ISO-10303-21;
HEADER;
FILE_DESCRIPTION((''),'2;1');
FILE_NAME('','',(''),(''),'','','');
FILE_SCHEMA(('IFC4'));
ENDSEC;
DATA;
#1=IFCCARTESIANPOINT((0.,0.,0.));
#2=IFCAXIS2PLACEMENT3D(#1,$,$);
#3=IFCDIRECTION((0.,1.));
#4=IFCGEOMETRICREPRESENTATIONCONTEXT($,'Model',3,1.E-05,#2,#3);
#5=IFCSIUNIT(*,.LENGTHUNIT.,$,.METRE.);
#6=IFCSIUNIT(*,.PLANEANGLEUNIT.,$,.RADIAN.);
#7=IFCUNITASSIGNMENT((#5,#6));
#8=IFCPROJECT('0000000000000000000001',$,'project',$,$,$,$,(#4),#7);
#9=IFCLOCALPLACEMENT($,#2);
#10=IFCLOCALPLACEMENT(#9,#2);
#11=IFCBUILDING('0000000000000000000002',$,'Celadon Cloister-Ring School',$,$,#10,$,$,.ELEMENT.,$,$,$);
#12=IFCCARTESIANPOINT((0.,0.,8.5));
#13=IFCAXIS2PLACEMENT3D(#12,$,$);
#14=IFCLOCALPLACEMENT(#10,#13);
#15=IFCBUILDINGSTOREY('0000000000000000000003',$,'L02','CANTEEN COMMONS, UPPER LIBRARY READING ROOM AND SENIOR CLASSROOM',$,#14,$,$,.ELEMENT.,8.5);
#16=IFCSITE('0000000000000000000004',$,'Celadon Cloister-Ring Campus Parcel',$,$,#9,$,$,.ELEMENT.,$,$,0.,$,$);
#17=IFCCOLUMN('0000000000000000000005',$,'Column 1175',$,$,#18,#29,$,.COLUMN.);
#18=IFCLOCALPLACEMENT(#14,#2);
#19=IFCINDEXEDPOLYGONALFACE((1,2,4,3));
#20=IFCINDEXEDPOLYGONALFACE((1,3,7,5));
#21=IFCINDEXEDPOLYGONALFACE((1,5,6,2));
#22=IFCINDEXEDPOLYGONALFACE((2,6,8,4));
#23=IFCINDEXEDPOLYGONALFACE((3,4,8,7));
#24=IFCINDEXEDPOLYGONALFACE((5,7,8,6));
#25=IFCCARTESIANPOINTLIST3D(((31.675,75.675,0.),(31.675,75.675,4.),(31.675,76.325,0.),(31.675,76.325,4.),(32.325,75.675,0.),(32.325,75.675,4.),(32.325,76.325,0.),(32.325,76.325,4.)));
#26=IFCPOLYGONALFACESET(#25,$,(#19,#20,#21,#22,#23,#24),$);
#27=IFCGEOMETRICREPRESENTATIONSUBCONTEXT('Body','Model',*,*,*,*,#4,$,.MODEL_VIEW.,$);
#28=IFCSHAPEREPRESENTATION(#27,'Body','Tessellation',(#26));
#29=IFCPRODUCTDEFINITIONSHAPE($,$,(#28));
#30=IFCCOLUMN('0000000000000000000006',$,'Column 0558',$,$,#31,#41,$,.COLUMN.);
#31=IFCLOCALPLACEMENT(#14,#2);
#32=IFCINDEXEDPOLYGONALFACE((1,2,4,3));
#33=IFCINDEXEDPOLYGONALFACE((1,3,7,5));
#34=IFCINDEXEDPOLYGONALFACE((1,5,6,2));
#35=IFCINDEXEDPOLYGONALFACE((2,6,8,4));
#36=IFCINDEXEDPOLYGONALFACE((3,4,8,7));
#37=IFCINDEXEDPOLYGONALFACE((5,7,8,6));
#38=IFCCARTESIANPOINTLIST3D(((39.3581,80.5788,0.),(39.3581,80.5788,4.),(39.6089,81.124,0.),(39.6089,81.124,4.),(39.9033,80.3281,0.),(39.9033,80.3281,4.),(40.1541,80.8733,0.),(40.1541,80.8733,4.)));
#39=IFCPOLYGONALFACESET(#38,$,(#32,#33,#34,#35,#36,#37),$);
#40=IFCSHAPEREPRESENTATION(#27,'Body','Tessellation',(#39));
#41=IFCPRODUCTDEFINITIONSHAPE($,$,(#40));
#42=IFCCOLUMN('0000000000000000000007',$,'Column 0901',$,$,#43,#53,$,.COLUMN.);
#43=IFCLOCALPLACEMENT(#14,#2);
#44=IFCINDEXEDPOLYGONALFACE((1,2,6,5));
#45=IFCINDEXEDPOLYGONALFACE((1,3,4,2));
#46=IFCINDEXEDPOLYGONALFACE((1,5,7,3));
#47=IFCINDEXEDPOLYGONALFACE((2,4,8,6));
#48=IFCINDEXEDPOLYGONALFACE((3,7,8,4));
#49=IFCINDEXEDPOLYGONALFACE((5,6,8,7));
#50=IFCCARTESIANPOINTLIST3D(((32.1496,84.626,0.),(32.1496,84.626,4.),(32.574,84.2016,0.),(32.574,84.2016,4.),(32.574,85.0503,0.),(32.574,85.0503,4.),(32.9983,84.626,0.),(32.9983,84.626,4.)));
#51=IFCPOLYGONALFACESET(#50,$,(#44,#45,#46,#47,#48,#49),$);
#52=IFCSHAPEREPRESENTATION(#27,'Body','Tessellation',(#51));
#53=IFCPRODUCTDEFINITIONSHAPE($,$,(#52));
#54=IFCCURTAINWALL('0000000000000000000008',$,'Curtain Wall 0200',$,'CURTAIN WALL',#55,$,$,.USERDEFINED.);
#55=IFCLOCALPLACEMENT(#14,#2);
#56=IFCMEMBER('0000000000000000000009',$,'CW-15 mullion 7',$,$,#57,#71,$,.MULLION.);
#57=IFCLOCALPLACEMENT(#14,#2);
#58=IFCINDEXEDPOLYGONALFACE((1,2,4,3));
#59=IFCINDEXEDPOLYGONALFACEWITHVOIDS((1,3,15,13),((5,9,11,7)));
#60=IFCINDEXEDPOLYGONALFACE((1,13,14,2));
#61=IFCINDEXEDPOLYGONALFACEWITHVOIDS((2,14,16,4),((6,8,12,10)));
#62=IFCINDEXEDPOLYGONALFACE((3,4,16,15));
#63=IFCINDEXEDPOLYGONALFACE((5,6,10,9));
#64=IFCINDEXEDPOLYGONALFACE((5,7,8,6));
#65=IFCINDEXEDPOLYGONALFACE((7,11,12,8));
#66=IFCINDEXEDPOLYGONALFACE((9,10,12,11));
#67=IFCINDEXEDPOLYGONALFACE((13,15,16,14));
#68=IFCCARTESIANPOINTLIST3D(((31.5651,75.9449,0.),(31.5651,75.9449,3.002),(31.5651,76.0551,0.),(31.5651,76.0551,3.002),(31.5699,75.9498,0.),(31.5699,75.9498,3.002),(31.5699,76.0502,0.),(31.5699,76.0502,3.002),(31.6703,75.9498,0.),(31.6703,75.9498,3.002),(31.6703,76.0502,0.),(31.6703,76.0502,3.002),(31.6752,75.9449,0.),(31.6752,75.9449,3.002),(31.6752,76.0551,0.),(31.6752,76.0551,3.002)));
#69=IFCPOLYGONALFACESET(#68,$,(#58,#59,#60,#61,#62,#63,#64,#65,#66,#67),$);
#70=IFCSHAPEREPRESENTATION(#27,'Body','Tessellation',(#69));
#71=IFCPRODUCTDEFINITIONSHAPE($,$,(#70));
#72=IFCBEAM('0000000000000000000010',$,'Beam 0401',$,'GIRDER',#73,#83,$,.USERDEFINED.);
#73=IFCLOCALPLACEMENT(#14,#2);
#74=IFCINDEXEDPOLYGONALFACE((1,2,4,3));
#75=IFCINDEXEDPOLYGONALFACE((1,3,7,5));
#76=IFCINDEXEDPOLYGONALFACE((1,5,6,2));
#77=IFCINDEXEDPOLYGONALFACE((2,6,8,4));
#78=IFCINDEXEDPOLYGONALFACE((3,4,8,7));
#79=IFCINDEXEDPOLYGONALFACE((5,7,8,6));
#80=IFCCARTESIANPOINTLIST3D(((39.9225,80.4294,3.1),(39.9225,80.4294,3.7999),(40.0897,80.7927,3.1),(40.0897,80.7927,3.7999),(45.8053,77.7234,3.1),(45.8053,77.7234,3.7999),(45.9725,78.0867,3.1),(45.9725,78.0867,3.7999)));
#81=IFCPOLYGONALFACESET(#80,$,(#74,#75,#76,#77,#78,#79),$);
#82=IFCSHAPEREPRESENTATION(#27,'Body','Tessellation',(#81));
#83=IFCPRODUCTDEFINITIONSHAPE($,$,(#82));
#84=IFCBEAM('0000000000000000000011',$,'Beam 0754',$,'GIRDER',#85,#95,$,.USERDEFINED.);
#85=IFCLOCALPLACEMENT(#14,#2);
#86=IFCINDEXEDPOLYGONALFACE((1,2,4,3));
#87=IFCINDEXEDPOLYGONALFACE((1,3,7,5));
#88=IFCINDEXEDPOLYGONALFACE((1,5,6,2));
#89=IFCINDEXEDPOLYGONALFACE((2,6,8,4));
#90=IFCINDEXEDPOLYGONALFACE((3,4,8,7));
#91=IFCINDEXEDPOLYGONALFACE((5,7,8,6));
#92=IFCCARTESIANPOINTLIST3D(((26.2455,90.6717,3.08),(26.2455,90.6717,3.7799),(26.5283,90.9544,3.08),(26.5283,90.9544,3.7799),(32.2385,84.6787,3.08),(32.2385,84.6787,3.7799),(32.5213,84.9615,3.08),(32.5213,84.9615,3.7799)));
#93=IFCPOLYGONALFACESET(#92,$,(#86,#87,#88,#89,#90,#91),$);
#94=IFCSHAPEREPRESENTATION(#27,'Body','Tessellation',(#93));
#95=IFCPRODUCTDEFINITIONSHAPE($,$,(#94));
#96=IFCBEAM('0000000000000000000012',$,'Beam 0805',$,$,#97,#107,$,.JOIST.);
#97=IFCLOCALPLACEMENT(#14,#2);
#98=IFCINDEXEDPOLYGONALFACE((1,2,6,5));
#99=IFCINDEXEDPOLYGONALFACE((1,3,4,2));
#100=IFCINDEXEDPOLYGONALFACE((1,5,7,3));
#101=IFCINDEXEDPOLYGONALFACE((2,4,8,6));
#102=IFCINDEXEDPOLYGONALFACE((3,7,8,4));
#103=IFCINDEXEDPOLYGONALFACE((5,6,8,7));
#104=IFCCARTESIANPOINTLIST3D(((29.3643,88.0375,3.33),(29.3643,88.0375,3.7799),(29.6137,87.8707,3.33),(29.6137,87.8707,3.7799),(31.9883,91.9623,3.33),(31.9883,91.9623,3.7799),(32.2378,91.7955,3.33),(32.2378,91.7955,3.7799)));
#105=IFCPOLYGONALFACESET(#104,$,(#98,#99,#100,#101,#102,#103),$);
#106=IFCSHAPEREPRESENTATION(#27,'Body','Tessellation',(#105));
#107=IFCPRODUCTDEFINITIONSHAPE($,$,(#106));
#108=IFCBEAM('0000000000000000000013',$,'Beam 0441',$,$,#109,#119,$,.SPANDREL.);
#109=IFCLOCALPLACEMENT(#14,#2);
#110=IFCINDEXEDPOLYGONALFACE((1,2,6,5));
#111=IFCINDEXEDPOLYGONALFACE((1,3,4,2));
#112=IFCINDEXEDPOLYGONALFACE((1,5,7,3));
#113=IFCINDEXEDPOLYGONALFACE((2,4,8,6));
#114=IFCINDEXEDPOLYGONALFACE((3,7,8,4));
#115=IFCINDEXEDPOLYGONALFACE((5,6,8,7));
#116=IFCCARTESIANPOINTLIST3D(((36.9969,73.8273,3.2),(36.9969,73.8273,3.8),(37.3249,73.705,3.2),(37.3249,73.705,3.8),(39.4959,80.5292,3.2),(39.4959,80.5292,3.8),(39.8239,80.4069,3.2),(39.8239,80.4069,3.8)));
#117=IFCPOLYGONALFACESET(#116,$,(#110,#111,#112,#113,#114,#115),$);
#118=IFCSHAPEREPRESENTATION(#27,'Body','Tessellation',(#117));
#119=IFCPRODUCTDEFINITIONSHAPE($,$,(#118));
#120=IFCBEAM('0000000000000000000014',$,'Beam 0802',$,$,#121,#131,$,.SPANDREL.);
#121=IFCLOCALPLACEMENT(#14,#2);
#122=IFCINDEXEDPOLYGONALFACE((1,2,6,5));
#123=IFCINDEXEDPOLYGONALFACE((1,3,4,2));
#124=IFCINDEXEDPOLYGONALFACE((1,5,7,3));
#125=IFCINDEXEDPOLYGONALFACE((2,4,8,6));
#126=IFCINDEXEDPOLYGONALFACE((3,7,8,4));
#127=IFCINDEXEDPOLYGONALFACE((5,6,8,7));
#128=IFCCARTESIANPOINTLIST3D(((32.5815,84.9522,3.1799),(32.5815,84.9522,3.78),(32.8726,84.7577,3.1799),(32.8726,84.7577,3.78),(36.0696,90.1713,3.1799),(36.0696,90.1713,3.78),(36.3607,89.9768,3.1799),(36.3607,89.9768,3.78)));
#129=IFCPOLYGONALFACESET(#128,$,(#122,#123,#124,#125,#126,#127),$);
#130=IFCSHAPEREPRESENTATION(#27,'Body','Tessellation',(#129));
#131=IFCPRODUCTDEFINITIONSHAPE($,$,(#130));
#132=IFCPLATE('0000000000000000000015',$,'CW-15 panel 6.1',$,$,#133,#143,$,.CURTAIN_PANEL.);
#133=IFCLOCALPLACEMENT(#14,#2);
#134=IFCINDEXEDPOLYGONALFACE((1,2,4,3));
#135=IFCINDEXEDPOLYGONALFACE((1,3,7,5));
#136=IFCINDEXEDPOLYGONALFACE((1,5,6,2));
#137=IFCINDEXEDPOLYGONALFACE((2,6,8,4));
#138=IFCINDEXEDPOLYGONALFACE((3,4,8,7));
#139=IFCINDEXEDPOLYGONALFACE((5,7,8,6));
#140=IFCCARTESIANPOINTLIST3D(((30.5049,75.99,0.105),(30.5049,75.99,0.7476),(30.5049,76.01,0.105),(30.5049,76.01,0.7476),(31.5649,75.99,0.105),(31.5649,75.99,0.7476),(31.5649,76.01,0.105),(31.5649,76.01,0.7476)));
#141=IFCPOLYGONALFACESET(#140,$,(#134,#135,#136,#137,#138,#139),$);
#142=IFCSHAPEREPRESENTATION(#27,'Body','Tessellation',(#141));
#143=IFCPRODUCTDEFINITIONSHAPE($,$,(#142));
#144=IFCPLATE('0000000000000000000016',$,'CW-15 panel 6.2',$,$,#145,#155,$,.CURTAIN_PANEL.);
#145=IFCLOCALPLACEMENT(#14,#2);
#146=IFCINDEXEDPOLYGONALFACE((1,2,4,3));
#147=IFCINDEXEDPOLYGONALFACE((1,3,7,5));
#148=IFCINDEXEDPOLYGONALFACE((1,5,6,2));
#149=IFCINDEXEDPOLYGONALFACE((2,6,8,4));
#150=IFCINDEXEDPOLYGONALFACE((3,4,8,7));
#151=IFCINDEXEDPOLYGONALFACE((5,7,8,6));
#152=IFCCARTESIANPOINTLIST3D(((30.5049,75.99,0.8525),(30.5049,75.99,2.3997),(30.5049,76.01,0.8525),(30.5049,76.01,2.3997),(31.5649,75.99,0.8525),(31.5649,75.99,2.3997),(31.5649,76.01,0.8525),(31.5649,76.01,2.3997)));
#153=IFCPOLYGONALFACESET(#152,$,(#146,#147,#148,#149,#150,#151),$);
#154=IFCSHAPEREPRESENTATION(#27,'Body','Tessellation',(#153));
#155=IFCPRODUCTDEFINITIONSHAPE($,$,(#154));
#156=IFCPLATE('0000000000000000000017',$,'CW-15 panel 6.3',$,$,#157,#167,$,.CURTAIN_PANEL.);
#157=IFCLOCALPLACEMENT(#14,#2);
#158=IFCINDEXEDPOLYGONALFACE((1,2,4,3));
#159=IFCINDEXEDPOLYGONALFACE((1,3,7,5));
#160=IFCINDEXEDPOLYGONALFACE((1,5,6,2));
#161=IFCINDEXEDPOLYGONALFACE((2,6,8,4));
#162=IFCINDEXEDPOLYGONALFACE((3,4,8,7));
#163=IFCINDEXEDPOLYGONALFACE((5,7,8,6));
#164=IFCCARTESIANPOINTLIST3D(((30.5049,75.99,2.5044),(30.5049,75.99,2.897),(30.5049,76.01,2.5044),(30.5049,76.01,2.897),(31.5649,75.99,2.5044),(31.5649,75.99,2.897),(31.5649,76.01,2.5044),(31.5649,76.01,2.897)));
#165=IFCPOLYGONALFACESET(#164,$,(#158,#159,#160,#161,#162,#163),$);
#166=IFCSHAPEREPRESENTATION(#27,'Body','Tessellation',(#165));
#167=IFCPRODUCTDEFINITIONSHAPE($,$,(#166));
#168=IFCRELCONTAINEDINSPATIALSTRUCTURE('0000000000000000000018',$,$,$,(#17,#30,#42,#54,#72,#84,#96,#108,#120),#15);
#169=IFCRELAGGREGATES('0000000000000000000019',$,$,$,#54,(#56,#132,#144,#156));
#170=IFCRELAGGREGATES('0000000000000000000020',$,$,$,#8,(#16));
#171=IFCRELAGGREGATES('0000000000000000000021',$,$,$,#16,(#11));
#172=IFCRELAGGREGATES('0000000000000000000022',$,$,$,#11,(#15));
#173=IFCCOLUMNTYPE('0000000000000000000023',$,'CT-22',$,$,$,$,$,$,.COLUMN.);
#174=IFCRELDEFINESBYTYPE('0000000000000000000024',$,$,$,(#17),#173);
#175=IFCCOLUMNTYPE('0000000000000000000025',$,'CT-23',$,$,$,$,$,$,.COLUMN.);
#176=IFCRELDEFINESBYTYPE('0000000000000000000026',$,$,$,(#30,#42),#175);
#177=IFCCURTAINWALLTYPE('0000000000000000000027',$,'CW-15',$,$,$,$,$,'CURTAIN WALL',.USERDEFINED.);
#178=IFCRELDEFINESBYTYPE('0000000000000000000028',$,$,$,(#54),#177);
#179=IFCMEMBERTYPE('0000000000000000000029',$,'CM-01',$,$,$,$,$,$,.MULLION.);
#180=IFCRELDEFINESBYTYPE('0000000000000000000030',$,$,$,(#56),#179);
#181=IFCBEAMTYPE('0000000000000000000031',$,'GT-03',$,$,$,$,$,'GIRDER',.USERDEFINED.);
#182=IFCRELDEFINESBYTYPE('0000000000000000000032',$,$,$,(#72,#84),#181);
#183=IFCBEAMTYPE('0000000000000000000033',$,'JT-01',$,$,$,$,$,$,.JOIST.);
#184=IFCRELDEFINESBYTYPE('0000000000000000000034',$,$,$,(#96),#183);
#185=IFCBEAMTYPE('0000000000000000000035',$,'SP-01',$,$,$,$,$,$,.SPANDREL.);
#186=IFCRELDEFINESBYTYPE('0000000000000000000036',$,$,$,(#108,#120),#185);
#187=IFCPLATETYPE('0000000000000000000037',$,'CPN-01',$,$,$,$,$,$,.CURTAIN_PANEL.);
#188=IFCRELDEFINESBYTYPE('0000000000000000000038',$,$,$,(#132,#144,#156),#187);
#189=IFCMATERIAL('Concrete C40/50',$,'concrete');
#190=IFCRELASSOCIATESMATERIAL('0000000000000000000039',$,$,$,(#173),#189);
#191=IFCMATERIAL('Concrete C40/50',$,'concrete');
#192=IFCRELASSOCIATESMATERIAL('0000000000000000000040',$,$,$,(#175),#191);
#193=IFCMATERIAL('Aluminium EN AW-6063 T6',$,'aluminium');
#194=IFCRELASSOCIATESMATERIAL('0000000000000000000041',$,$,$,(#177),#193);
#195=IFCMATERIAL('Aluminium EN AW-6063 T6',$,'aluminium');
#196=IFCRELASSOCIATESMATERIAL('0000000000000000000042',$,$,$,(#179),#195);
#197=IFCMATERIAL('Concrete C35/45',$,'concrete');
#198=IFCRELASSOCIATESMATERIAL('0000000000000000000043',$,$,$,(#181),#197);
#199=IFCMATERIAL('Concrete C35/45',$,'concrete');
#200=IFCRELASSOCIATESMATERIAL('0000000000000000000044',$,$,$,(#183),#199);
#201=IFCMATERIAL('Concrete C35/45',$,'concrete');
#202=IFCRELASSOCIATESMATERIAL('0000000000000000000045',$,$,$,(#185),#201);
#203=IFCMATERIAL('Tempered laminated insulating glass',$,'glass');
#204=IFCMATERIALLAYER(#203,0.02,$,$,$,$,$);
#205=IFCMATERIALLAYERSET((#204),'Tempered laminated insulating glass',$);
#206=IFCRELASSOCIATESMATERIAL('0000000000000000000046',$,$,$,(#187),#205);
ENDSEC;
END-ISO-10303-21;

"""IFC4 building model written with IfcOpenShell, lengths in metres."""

from ifc_helpers import new_model, si_unit, direction, frame, origin, origin_2d, place, context, subcontext, project, spatial, rectangle, hollow_rectangle, extrude, material, layer, layer_set, material_profile, profile_set, type_object, element, aggregate, save


model = new_model("IFC4")

# Units and contexts
model_context = context("Model", 3, precision=1e-05, world=origin(), true_north=direction((0.0, 1.0)))
body_context = subcontext(model_context, "Body", "Model", "MODEL_VIEW")
ifc_project = project(units=[si_unit("LENGTHUNIT", "METRE"), si_unit("PLANEANGLEUNIT", "RADIAN")], contexts=[model_context])

# Site, building, storey
site_placement = place(None, origin())
site = spatial("IfcSite", under=ifc_project, at=site_placement, Name="Celadon Cloister-Ring Campus Parcel", CompositionType="ELEMENT", RefElevation=0.0)
building_placement = place(site_placement, origin())
building = spatial("IfcBuilding", under=site, at=building_placement, Name="Celadon Cloister-Ring School", CompositionType="ELEMENT")
storey_placement = place(building_placement, frame((0.0, 0.0, 8.5)))
storey = spatial("IfcBuildingStorey", under=building, at=storey_placement, Name="L02", Description="CANTEEN COMMONS, UPPER LIBRARY READING ROOM AND SENIOR CLASSROOM", CompositionType="ELEMENT", Elevation=8.5)

# Columns
ifc_material_1 = material(Name="Concrete C40/50", Category="concrete")
ifc_material_profile_1 = material_profile(ifc_material_1, rectangle(XDim=0.6499, YDim=0.6499, at=origin_2d()), Name="RC650X650")
ifc_profile_set_1 = profile_set([ifc_material_profile_1], Name="Concrete C40/50")
column_type_1 = type_object("IfcColumnType", Name="CT-22", PredefinedType="COLUMN", material=ifc_profile_set_1)
column_placement = place(storey_placement, frame((32.0, 76.0, 0.0), z_axis=(0.0, 0.0, 1.0), x_axis=(1.0, 0.0, 0.0)))
element("IfcColumn", 1, at=column_placement, inside=storey, type_object=column_type_1, Name="Column 1175", PredefinedType="COLUMN", context=body_context, shape_type="SweptSolid", body=[
    extrude(rectangle(XDim=0.6499, YDim=0.6499, at=origin_2d()), origin(), (0.0, 0.0, 1.0), 4.0),
])
ifc_material_2 = material(Name="Concrete C40/50", Category="concrete")
ifc_material_profile_2 = material_profile(ifc_material_2, rectangle(XDim=0.6001, YDim=0.6001, at=origin_2d()), Name="RC600X600")
ifc_profile_set_2 = profile_set([ifc_material_profile_2], Name="Concrete C40/50")
column_type_2 = type_object("IfcColumnType", Name="CT-23", PredefinedType="COLUMN", material=ifc_profile_set_2)
for number, where, z_axis, x_axis, name in (
    (2, (39.7561, 80.7261, 0.0), (0.0, 0.0, 1.0), (-0.908537, 0.417804, 0.0), "Column 0558"),
    (3, (32.574, 84.626, 0.0), (0.0, 0.0, 1.0), (0.707107, -0.707107, 0.0), "Column 0901"),
):
    element("IfcColumn", number, at=place(storey_placement, frame(where, z_axis=z_axis, x_axis=x_axis)), inside=storey, type_object=column_type_2, Name=name, PredefinedType="COLUMN", context=body_context, shape_type="SweptSolid", body=[
        extrude(rectangle(XDim=0.6001, YDim=0.6001, at=origin_2d()), origin(), (0.0, 0.0, 1.0), 4.0),
    ])

# Curtain wall, member
ifc_material_3 = material(Name="Aluminium EN AW-6063 T6", Category="aluminium")
curtain_wall_type = type_object("IfcCurtainWallType", Name="CW-15", ElementType="CURTAIN WALL", PredefinedType="USERDEFINED", material=ifc_material_3)
curtain_wall_placement = place(storey_placement, origin())
curtain_wall = element("IfcCurtainWall", 4, at=curtain_wall_placement, inside=storey, type_object=curtain_wall_type, Name="Curtain Wall 0200", ObjectType="CURTAIN WALL", PredefinedType="USERDEFINED")
ifc_material_4 = material(Name="Aluminium EN AW-6063 T6", Category="aluminium")
ifc_material_profile_3 = material_profile(ifc_material_4, hollow_rectangle(XDim=0.1101, YDim=0.1101, WallThickness=0.0049, at=origin_2d()), Name="RHS110X110X5")
ifc_profile_set_3 = profile_set([ifc_material_profile_3], Name="Aluminium EN AW-6063 T6")
member_type = type_object("IfcMemberType", Name="CM-01", PredefinedType="MULLION", material=ifc_profile_set_3)
member_placement = place(storey_placement, frame((31.6201, 76.0, 0.0), z_axis=(0.0, 0.0, 1.0), x_axis=(0.0, 1.0, 0.0)))
member = element("IfcMember", 5, at=member_placement, type_object=member_type, Name="CW-15 mullion 7", PredefinedType="MULLION", context=body_context, shape_type="SweptSolid", body=[
    extrude(hollow_rectangle(XDim=0.1101, YDim=0.1101, WallThickness=0.0049, at=origin_2d()), origin(), (0.0, 0.0, 1.0), 3.002),
])

# Beams
ifc_material_5 = material(Name="Concrete C35/45", Category="concrete")
ifc_material_profile_4 = material_profile(ifc_material_5, rectangle(XDim=0.3999, YDim=0.7, at=origin_2d()), Name="RC400X700")
ifc_profile_set_4 = profile_set([ifc_material_profile_4], Name="Concrete C35/45")
beam_type_1 = type_object("IfcBeamType", Name="GT-03", ElementType="GIRDER", PredefinedType="USERDEFINED", material=ifc_profile_set_4)
beam_1_placement = place(storey_placement, frame((40.0061, 80.6111, 3.45), z_axis=(0.908493, -0.417901, 0.0), x_axis=(0.417901, 0.908493, 0.0)))
element("IfcBeam", 6, at=beam_1_placement, inside=storey, type_object=beam_type_1, Name="Beam 0401", ObjectType="GIRDER", PredefinedType="USERDEFINED", context=body_context, shape_type="SweptSolid", body=[
    extrude(rectangle(XDim=0.3999, YDim=0.7, at=origin_2d()), origin(), (0.0, 0.0, 1.0), 6.4753),
])
beam_2_placement = place(storey_placement, frame((32.3799, 84.8201, 3.4299), z_axis=(-0.707107, 0.707107, 0.0), x_axis=(-0.707107, -0.707107, 0.0)))
element("IfcBeam", 7, at=beam_2_placement, inside=storey, type_object=beam_type_1, Name="Beam 0754", ObjectType="GIRDER", PredefinedType="USERDEFINED", context=body_context, shape_type="SweptSolid", body=[
    extrude(rectangle(XDim=0.3999, YDim=0.7, at=origin_2d()), origin(), (0.0, 0.0, 1.0), 8.4753),
])
ifc_material_6 = material(Name="Concrete C35/45", Category="concrete")
ifc_material_profile_5 = material_profile(ifc_material_6, rectangle(XDim=0.3, YDim=0.45, at=origin_2d()), Name="RC300X450")
ifc_profile_set_5 = profile_set([ifc_material_profile_5], Name="Concrete C35/45")
beam_type_2 = type_object("IfcBeamType", Name="JT-01", PredefinedType="JOIST", material=ifc_profile_set_5)
beam_3_placement = place(storey_placement, frame((29.489, 87.9541, 3.5549), z_axis=(0.555798, 0.831318, 0.0), x_axis=(-0.831318, 0.555798, 0.0)))
element("IfcBeam", 8, at=beam_3_placement, inside=storey, type_object=beam_type_2, Name="Beam 0805", PredefinedType="JOIST", context=body_context, shape_type="SweptSolid", body=[
    extrude(rectangle(XDim=0.3, YDim=0.45, at=origin_2d()), origin(), (0.0, 0.0, 1.0), 4.7212),
])
ifc_material_7 = material(Name="Concrete C35/45", Category="concrete")
ifc_material_profile_6 = material_profile(ifc_material_7, rectangle(XDim=0.3501, YDim=0.6001, at=origin_2d()), Name="RC350X600")
ifc_profile_set_6 = profile_set([ifc_material_profile_6], Name="Concrete C35/45")
beam_type_3 = type_object("IfcBeamType", Name="SP-01", PredefinedType="SPANDREL", material=ifc_profile_set_6)
beam_4_placement = place(storey_placement, frame((39.6599, 80.468, 3.5), z_axis=(-0.349383, -0.93698, 0.0), x_axis=(0.93698, -0.349383, 0.0)))
element("IfcBeam", 9, at=beam_4_placement, inside=storey, type_object=beam_type_3, Name="Beam 0441", PredefinedType="SPANDREL", context=body_context, shape_type="SweptSolid", body=[
    extrude(rectangle(XDim=0.3501, YDim=0.6001, at=origin_2d()), origin(), (0.0, 0.0, 1.0), 7.1526),
])
beam_5_placement = place(storey_placement, frame((32.7271, 84.855, 3.48), z_axis=(0.55566, 0.83141, 0.0), x_axis=(-0.83141, 0.55566, 0.0)))
element("IfcBeam", 10, at=beam_5_placement, inside=storey, type_object=beam_type_3, Name="Beam 0802", PredefinedType="SPANDREL", context=body_context, shape_type="SweptSolid", body=[
    extrude(rectangle(XDim=0.3501, YDim=0.6001, at=origin_2d()), origin(), (0.0, 0.0, 1.0), 6.2773),
])

# Plates
ifc_material_8 = material(Name="Tempered laminated insulating glass", Category="glass")
ifc_layer_1 = layer(ifc_material_8, 0.02)
ifc_layer_set_1 = layer_set([ifc_layer_1], Name="Tempered laminated insulating glass")
plate_type = type_object("IfcPlateType", Name="CPN-01", PredefinedType="CURTAIN_PANEL", material=ifc_layer_set_1)
plate_1_placement = place(storey_placement, frame((31.0349, 76.0, 0.105), z_axis=(0.0, 0.0, 1.0), x_axis=(1.0, 0.0, 0.0)))
plate_1 = element("IfcPlate", 11, at=plate_1_placement, type_object=plate_type, Name="CW-15 panel 6.1", PredefinedType="CURTAIN_PANEL", context=body_context, shape_type="SweptSolid", body=[
    extrude(rectangle(XDim=1.0601, YDim=0.02, at=origin_2d()), origin(), (0.0, 0.0, 1.0), 0.6426),
])
plate_2_placement = place(storey_placement, frame((31.0349, 76.0, 0.8525), z_axis=(0.0, 0.0, 1.0), x_axis=(1.0, 0.0, 0.0)))
plate_2 = element("IfcPlate", 12, at=plate_2_placement, type_object=plate_type, Name="CW-15 panel 6.2", PredefinedType="CURTAIN_PANEL", context=body_context, shape_type="SweptSolid", body=[
    extrude(rectangle(XDim=1.0601, YDim=0.02, at=origin_2d()), origin(), (0.0, 0.0, 1.0), 1.5471),
])
plate_3_placement = place(storey_placement, frame((31.0349, 76.0, 2.5044), z_axis=(0.0, 0.0, 1.0), x_axis=(1.0, 0.0, 0.0)))
plate_3 = element("IfcPlate", 13, at=plate_3_placement, type_object=plate_type, Name="CW-15 panel 6.3", PredefinedType="CURTAIN_PANEL", context=body_context, shape_type="SweptSolid", body=[
    extrude(rectangle(XDim=1.0601, YDim=0.02, at=origin_2d()), origin(), (0.0, 0.0, 1.0), 0.3926),
])
aggregate(curtain_wall, [member, plate_1, plate_2, plate_3])

save(model, "model.ifc")
